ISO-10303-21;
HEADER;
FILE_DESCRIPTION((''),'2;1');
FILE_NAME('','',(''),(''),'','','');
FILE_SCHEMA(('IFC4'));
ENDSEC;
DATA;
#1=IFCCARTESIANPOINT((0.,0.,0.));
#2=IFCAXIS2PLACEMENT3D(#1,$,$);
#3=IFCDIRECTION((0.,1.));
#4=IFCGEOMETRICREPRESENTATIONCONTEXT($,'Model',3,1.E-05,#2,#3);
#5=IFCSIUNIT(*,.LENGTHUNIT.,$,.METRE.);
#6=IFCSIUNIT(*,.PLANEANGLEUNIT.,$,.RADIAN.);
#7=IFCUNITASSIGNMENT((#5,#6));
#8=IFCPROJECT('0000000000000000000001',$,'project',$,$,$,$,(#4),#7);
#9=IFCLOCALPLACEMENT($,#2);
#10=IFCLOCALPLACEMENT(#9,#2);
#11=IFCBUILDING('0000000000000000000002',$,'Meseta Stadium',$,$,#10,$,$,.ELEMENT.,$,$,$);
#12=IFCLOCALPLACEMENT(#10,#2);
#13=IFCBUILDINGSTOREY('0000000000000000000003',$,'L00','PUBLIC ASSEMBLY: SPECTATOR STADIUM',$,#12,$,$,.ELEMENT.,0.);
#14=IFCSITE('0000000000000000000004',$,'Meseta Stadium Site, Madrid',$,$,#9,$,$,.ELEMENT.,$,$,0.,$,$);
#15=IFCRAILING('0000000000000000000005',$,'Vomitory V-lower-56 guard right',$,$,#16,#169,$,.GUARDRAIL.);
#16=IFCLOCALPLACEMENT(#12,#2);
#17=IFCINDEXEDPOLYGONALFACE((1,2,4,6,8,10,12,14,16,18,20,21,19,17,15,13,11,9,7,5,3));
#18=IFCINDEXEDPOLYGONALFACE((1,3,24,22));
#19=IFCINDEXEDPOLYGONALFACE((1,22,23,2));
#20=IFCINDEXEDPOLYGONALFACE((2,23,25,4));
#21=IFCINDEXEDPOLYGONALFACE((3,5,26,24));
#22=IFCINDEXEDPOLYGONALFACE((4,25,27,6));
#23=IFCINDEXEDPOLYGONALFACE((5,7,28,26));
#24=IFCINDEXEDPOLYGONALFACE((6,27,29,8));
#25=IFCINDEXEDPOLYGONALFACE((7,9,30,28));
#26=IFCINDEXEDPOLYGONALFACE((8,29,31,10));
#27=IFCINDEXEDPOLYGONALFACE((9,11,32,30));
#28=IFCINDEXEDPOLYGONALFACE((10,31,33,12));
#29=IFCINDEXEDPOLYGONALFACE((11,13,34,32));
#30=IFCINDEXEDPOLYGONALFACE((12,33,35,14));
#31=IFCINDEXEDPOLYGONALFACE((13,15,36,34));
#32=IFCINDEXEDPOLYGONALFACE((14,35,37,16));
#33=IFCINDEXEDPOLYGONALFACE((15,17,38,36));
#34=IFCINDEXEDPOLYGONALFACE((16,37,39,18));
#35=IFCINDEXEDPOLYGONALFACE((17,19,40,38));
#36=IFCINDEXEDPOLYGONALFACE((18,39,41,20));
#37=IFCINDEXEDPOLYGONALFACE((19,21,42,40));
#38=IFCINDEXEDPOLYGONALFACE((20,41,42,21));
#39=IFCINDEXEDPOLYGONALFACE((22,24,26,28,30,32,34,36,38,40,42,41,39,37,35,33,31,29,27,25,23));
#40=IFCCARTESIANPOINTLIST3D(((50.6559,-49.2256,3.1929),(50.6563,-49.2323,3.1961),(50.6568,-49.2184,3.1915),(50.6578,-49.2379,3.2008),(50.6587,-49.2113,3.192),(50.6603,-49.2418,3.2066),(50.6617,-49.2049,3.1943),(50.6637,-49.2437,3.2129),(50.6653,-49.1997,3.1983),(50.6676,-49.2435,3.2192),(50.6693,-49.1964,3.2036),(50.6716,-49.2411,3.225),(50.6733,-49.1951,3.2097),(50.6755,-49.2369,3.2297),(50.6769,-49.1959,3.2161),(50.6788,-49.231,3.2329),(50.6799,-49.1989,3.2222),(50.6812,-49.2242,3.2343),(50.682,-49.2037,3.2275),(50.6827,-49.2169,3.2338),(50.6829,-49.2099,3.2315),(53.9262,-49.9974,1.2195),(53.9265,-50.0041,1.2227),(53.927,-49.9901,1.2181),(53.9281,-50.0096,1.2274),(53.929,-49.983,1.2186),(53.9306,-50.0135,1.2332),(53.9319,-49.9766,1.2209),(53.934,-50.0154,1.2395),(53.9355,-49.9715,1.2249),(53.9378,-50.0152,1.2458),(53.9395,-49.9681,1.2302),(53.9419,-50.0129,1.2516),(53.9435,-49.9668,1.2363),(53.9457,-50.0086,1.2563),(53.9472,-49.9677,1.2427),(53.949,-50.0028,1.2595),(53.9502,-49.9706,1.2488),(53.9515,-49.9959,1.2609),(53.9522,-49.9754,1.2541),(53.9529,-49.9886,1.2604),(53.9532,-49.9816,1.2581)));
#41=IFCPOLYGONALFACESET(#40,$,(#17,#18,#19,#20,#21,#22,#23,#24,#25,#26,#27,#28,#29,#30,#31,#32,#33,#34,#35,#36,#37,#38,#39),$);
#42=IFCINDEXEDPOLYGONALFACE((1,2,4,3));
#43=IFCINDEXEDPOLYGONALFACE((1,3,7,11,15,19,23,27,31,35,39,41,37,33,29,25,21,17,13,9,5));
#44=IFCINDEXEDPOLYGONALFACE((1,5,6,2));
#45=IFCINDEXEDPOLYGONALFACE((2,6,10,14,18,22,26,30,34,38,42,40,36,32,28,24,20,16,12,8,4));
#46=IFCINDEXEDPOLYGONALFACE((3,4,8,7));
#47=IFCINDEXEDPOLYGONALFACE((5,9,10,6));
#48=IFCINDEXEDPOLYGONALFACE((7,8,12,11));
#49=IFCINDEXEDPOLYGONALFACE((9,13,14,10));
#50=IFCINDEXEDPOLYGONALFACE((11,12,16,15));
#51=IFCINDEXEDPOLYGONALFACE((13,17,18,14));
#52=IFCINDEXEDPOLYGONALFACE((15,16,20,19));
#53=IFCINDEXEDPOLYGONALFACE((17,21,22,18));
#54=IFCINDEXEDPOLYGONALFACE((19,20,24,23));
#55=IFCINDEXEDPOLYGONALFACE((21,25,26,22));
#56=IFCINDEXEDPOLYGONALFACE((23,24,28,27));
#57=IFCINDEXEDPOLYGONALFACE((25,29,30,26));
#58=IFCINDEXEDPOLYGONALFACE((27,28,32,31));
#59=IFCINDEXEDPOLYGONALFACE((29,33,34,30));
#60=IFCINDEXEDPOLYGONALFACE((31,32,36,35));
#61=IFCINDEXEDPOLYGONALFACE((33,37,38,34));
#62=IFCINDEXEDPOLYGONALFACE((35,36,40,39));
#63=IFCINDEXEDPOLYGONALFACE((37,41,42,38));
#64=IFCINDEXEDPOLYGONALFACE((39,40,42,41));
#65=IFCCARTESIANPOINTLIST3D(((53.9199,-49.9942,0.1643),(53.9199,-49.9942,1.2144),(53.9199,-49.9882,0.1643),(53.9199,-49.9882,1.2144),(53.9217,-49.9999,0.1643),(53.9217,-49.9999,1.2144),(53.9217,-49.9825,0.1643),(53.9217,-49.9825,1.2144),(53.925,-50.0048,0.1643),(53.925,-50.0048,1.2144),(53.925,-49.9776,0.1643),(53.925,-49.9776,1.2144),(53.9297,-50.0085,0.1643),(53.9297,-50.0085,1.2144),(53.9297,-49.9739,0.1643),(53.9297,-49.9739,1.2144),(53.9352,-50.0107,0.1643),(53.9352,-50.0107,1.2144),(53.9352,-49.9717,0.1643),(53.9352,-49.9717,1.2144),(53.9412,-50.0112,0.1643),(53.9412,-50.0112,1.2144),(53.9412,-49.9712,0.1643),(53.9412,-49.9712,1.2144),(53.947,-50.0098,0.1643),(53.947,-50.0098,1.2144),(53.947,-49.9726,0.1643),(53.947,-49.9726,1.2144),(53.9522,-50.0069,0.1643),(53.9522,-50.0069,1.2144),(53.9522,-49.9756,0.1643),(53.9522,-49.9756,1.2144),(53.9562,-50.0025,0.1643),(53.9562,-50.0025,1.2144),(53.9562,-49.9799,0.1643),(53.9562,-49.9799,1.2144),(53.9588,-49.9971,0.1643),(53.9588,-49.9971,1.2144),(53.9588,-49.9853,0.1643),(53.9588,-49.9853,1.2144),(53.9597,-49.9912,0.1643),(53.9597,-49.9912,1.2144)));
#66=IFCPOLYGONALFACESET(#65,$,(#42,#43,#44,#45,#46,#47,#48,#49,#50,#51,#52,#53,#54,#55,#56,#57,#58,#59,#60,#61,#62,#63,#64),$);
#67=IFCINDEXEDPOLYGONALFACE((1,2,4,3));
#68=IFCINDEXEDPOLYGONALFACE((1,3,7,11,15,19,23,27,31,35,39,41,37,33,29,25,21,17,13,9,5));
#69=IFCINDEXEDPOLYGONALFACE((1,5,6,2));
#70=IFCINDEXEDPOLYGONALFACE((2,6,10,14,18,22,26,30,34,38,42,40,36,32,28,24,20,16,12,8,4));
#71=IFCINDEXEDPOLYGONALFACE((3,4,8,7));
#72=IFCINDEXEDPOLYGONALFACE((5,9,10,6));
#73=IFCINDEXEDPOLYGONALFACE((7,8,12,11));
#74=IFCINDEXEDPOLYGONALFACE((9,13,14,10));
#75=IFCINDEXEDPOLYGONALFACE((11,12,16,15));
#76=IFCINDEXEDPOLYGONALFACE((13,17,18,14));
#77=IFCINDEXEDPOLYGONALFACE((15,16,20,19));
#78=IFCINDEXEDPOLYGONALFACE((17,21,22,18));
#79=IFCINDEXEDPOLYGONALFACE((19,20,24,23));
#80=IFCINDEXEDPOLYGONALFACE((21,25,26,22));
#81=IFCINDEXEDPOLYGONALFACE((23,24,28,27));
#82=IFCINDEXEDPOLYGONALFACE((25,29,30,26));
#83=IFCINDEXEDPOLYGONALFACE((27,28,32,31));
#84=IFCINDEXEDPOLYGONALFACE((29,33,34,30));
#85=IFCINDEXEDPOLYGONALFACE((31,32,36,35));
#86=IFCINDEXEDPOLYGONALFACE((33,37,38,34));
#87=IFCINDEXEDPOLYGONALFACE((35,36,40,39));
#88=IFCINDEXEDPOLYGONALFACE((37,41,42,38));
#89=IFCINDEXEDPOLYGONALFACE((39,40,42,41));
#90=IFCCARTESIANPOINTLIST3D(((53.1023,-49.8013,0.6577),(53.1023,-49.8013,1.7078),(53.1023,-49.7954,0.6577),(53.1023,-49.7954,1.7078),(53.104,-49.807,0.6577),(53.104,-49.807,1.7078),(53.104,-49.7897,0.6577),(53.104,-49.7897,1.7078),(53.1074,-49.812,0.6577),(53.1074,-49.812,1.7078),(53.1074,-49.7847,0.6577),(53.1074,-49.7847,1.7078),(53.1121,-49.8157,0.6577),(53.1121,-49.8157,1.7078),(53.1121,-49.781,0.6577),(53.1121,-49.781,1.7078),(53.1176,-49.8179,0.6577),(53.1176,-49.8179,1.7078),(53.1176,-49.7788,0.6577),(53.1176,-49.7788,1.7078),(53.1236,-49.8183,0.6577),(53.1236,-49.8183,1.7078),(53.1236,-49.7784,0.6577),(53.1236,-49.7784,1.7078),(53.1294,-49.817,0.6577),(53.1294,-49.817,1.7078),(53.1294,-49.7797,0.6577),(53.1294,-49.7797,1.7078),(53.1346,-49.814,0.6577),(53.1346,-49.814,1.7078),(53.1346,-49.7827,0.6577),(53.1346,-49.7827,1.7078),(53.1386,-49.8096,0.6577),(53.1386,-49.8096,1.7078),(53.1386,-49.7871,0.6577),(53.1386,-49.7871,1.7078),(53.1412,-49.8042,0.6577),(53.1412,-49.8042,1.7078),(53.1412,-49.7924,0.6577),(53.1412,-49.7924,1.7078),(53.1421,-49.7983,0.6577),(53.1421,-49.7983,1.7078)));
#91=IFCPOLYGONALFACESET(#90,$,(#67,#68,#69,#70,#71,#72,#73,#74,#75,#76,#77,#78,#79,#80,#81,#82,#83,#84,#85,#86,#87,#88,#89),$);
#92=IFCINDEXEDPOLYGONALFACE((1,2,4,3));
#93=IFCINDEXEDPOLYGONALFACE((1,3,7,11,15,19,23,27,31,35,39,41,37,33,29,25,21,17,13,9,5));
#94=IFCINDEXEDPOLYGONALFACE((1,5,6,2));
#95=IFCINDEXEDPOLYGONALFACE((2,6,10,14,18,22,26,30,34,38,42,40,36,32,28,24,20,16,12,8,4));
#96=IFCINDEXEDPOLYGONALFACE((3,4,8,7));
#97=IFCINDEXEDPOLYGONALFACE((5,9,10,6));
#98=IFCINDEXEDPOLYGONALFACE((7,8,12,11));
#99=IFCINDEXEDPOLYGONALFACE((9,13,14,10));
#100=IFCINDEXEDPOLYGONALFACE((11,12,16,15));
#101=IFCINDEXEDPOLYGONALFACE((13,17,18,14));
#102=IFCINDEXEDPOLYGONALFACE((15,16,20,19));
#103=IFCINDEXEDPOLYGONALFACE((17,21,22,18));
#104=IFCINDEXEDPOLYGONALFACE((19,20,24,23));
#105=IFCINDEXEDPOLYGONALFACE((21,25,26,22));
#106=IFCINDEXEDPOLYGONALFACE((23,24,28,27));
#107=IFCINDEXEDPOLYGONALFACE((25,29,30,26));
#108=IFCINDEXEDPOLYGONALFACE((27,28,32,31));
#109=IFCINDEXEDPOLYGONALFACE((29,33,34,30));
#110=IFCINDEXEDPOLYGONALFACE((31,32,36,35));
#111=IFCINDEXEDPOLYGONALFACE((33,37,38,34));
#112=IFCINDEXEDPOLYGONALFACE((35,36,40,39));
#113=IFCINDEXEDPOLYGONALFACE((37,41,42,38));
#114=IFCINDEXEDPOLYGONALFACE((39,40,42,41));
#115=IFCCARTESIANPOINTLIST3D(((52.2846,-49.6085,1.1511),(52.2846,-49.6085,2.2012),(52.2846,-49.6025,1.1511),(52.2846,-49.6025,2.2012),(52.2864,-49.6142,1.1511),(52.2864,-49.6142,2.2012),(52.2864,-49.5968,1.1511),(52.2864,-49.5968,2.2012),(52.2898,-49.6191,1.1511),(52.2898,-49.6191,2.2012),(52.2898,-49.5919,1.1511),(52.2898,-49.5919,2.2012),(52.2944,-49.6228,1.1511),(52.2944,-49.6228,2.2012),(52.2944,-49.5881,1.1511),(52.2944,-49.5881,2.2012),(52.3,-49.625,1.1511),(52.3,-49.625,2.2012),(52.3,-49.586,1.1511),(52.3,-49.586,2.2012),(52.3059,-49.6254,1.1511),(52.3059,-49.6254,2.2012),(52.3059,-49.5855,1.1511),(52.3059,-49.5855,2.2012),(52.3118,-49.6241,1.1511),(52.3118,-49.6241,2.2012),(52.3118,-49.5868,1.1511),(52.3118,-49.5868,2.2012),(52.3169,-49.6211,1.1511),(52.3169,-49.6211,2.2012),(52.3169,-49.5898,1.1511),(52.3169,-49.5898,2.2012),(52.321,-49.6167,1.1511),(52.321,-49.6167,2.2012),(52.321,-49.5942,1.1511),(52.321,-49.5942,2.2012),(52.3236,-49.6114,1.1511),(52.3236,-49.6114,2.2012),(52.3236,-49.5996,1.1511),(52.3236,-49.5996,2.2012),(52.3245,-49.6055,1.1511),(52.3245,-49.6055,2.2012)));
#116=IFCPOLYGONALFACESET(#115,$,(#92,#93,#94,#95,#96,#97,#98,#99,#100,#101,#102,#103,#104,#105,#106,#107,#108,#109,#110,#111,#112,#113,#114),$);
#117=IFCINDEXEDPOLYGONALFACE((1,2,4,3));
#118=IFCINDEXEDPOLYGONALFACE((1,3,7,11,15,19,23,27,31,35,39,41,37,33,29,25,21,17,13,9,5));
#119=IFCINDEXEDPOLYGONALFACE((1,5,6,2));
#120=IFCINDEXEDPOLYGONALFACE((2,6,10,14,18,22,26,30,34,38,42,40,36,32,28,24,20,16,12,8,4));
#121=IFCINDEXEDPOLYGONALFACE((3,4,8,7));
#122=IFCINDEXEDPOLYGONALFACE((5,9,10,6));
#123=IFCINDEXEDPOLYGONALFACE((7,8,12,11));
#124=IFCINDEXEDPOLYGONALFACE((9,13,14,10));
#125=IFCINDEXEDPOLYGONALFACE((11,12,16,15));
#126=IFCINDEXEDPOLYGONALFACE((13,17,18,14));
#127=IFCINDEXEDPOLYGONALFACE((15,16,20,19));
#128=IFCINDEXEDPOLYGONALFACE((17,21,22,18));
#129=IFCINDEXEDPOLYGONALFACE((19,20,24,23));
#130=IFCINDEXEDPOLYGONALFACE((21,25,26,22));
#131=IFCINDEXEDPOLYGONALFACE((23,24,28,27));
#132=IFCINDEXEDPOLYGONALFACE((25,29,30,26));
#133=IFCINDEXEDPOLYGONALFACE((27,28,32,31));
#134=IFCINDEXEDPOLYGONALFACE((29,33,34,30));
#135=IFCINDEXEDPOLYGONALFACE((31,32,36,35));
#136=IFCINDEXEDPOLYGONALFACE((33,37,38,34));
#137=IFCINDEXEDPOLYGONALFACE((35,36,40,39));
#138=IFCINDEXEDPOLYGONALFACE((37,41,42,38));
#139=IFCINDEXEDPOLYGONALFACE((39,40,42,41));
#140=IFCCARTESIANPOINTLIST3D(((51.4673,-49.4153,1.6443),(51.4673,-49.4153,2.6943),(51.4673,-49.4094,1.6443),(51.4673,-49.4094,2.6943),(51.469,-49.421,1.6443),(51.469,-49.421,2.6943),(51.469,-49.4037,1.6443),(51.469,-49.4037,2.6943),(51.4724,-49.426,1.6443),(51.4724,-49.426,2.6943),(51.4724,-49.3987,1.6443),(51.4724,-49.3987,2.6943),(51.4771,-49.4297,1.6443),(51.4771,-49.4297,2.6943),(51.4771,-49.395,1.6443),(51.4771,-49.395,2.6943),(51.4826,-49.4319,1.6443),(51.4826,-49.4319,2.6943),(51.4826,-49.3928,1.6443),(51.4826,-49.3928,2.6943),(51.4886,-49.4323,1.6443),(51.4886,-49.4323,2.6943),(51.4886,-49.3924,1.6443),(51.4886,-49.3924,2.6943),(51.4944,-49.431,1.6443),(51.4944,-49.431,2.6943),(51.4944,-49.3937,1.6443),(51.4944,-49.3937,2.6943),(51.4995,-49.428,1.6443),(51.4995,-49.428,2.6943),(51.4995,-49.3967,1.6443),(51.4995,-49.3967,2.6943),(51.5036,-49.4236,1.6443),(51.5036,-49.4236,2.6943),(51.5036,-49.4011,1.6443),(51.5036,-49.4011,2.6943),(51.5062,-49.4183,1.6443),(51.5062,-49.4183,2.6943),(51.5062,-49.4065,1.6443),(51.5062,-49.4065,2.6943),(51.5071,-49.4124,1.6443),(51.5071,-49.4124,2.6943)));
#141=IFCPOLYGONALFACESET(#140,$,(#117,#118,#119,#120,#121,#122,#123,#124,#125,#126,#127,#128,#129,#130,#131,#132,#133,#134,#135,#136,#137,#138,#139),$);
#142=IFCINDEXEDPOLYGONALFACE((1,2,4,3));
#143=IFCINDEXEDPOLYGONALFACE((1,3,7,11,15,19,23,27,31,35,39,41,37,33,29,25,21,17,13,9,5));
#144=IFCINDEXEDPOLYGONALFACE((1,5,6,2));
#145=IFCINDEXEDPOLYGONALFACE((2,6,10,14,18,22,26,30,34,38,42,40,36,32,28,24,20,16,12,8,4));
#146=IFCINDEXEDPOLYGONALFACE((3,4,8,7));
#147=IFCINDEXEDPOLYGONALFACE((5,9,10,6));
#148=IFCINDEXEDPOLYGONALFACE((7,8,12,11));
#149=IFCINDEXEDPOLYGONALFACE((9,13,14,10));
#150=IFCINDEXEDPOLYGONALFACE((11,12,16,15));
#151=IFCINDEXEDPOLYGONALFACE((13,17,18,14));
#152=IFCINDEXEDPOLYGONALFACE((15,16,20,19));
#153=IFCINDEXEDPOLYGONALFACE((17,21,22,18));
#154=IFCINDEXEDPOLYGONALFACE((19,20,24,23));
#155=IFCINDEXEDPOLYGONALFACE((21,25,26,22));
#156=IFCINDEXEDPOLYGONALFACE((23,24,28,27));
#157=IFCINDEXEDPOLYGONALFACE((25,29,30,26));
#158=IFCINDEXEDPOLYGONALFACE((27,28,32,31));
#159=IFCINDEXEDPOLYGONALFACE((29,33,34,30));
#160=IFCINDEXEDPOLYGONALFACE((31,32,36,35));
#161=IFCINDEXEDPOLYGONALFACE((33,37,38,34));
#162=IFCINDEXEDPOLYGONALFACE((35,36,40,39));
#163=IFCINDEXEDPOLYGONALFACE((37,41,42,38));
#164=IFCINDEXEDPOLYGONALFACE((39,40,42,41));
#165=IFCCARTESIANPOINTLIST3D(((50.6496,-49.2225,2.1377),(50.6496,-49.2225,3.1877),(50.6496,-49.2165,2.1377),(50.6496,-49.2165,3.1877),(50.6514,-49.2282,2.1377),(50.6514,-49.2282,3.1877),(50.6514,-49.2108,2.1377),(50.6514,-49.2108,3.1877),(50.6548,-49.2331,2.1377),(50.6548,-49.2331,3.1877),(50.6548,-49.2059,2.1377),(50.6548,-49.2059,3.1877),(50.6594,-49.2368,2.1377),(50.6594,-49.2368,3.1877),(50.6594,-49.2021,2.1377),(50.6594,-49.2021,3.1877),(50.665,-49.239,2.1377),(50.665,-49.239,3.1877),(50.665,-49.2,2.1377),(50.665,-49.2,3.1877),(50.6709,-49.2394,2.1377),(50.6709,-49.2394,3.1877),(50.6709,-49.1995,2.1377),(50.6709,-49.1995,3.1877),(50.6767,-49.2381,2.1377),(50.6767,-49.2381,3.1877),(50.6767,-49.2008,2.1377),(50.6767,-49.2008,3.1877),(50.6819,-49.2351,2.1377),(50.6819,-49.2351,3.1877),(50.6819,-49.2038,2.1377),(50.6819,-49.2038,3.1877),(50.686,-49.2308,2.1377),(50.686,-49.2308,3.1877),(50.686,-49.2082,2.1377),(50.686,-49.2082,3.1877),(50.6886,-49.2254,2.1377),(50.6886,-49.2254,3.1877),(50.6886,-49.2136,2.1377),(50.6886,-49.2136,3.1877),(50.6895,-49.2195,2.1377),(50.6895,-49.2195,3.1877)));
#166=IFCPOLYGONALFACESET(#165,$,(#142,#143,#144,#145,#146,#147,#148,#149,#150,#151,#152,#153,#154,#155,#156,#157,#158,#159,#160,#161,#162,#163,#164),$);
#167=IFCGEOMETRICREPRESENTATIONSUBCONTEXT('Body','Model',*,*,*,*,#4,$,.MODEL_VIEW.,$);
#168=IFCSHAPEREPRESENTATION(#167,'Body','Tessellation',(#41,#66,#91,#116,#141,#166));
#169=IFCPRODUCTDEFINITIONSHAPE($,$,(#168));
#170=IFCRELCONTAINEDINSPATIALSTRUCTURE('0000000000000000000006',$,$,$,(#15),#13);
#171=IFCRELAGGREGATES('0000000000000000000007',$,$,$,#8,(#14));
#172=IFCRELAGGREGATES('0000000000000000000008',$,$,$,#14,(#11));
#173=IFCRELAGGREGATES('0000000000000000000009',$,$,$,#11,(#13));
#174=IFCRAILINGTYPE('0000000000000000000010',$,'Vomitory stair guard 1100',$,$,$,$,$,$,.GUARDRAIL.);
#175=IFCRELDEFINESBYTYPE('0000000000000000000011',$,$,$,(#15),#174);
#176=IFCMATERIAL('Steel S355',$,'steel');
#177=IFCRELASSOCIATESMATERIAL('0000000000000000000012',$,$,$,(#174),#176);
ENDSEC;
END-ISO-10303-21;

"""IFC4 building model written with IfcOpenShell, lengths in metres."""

from ifc_helpers import new_model, si_unit, direction, frame, origin, origin_2d, place, context, subcontext, project, spatial, circle, extrude, material, type_object, element, save


model = new_model("IFC4")

# Units and contexts
model_context = context("Model", 3, precision=1e-05, world=origin(), true_north=direction((0.0, 1.0)))
body_context = subcontext(model_context, "Body", "Model", "MODEL_VIEW")
ifc_project = project(units=[si_unit("LENGTHUNIT", "METRE"), si_unit("PLANEANGLEUNIT", "RADIAN")], contexts=[model_context])

# Site, building, storey
site_placement = place(None, origin())
site = spatial("IfcSite", under=ifc_project, at=site_placement, Name="Meseta Stadium Site, Madrid", CompositionType="ELEMENT", RefElevation=0.0)
building_placement = place(site_placement, origin())
building = spatial("IfcBuilding", under=site, at=building_placement, Name="Meseta Stadium", CompositionType="ELEMENT")
storey_placement = place(building_placement, origin())
storey = spatial("IfcBuildingStorey", under=building, at=storey_placement, Name="L00", Description="PUBLIC ASSEMBLY: SPECTATOR STADIUM", CompositionType="ELEMENT", Elevation=0.0)

# Railing
ifc_material_1 = material(Name="Steel S355", Category="steel")
railing_type_1 = type_object("IfcRailingType", Name="Vomitory stair guard 1100", PredefinedType="GUARDRAIL", material=ifc_material_1)
railing_1_placement = place(storey_placement, frame((53.9397, -49.9912, 0.1643)))
element("IfcRailing", 1, at=railing_1_placement, inside=storey, type_object=railing_type_1, Name="Vomitory V-lower-56 guard right", PredefinedType="GUARDRAIL", context=body_context, shape_type="SweptSolid", body=[
    extrude(circle(Radius=0.0249, at=origin_2d()), frame((0.0, 0.0, 1.0752), z_axis=(-0.839234, 0.198046, 0.506423), x_axis=(-0.229675, -0.973267, 0.0)), (0.0, 0.0, 1.0), 3.8967),
    extrude(circle(Radius=0.02, at=origin_2d()), origin(), (0.0, 0.0, 1.0), 1.05),
    extrude(circle(Radius=0.02, at=origin_2d()), frame((-0.8176, 0.1929, 0.4934)), (0.0, 0.0, 1.0), 1.05),
    extrude(circle(Radius=0.02, at=origin_2d()), frame((-1.6353, 0.3857, 0.9868)), (0.0, 0.0, 1.0), 1.05),
    extrude(circle(Radius=0.02, at=origin_2d()), frame((-2.4526, 0.5789, 1.48)), (0.0, 0.0, 1.0), 1.05),
    extrude(circle(Radius=0.02, at=origin_2d()), frame((-3.2703, 0.7717, 1.9734)), (0.0, 0.0, 1.0), 1.05),
])

save(model, "model.ifc")
